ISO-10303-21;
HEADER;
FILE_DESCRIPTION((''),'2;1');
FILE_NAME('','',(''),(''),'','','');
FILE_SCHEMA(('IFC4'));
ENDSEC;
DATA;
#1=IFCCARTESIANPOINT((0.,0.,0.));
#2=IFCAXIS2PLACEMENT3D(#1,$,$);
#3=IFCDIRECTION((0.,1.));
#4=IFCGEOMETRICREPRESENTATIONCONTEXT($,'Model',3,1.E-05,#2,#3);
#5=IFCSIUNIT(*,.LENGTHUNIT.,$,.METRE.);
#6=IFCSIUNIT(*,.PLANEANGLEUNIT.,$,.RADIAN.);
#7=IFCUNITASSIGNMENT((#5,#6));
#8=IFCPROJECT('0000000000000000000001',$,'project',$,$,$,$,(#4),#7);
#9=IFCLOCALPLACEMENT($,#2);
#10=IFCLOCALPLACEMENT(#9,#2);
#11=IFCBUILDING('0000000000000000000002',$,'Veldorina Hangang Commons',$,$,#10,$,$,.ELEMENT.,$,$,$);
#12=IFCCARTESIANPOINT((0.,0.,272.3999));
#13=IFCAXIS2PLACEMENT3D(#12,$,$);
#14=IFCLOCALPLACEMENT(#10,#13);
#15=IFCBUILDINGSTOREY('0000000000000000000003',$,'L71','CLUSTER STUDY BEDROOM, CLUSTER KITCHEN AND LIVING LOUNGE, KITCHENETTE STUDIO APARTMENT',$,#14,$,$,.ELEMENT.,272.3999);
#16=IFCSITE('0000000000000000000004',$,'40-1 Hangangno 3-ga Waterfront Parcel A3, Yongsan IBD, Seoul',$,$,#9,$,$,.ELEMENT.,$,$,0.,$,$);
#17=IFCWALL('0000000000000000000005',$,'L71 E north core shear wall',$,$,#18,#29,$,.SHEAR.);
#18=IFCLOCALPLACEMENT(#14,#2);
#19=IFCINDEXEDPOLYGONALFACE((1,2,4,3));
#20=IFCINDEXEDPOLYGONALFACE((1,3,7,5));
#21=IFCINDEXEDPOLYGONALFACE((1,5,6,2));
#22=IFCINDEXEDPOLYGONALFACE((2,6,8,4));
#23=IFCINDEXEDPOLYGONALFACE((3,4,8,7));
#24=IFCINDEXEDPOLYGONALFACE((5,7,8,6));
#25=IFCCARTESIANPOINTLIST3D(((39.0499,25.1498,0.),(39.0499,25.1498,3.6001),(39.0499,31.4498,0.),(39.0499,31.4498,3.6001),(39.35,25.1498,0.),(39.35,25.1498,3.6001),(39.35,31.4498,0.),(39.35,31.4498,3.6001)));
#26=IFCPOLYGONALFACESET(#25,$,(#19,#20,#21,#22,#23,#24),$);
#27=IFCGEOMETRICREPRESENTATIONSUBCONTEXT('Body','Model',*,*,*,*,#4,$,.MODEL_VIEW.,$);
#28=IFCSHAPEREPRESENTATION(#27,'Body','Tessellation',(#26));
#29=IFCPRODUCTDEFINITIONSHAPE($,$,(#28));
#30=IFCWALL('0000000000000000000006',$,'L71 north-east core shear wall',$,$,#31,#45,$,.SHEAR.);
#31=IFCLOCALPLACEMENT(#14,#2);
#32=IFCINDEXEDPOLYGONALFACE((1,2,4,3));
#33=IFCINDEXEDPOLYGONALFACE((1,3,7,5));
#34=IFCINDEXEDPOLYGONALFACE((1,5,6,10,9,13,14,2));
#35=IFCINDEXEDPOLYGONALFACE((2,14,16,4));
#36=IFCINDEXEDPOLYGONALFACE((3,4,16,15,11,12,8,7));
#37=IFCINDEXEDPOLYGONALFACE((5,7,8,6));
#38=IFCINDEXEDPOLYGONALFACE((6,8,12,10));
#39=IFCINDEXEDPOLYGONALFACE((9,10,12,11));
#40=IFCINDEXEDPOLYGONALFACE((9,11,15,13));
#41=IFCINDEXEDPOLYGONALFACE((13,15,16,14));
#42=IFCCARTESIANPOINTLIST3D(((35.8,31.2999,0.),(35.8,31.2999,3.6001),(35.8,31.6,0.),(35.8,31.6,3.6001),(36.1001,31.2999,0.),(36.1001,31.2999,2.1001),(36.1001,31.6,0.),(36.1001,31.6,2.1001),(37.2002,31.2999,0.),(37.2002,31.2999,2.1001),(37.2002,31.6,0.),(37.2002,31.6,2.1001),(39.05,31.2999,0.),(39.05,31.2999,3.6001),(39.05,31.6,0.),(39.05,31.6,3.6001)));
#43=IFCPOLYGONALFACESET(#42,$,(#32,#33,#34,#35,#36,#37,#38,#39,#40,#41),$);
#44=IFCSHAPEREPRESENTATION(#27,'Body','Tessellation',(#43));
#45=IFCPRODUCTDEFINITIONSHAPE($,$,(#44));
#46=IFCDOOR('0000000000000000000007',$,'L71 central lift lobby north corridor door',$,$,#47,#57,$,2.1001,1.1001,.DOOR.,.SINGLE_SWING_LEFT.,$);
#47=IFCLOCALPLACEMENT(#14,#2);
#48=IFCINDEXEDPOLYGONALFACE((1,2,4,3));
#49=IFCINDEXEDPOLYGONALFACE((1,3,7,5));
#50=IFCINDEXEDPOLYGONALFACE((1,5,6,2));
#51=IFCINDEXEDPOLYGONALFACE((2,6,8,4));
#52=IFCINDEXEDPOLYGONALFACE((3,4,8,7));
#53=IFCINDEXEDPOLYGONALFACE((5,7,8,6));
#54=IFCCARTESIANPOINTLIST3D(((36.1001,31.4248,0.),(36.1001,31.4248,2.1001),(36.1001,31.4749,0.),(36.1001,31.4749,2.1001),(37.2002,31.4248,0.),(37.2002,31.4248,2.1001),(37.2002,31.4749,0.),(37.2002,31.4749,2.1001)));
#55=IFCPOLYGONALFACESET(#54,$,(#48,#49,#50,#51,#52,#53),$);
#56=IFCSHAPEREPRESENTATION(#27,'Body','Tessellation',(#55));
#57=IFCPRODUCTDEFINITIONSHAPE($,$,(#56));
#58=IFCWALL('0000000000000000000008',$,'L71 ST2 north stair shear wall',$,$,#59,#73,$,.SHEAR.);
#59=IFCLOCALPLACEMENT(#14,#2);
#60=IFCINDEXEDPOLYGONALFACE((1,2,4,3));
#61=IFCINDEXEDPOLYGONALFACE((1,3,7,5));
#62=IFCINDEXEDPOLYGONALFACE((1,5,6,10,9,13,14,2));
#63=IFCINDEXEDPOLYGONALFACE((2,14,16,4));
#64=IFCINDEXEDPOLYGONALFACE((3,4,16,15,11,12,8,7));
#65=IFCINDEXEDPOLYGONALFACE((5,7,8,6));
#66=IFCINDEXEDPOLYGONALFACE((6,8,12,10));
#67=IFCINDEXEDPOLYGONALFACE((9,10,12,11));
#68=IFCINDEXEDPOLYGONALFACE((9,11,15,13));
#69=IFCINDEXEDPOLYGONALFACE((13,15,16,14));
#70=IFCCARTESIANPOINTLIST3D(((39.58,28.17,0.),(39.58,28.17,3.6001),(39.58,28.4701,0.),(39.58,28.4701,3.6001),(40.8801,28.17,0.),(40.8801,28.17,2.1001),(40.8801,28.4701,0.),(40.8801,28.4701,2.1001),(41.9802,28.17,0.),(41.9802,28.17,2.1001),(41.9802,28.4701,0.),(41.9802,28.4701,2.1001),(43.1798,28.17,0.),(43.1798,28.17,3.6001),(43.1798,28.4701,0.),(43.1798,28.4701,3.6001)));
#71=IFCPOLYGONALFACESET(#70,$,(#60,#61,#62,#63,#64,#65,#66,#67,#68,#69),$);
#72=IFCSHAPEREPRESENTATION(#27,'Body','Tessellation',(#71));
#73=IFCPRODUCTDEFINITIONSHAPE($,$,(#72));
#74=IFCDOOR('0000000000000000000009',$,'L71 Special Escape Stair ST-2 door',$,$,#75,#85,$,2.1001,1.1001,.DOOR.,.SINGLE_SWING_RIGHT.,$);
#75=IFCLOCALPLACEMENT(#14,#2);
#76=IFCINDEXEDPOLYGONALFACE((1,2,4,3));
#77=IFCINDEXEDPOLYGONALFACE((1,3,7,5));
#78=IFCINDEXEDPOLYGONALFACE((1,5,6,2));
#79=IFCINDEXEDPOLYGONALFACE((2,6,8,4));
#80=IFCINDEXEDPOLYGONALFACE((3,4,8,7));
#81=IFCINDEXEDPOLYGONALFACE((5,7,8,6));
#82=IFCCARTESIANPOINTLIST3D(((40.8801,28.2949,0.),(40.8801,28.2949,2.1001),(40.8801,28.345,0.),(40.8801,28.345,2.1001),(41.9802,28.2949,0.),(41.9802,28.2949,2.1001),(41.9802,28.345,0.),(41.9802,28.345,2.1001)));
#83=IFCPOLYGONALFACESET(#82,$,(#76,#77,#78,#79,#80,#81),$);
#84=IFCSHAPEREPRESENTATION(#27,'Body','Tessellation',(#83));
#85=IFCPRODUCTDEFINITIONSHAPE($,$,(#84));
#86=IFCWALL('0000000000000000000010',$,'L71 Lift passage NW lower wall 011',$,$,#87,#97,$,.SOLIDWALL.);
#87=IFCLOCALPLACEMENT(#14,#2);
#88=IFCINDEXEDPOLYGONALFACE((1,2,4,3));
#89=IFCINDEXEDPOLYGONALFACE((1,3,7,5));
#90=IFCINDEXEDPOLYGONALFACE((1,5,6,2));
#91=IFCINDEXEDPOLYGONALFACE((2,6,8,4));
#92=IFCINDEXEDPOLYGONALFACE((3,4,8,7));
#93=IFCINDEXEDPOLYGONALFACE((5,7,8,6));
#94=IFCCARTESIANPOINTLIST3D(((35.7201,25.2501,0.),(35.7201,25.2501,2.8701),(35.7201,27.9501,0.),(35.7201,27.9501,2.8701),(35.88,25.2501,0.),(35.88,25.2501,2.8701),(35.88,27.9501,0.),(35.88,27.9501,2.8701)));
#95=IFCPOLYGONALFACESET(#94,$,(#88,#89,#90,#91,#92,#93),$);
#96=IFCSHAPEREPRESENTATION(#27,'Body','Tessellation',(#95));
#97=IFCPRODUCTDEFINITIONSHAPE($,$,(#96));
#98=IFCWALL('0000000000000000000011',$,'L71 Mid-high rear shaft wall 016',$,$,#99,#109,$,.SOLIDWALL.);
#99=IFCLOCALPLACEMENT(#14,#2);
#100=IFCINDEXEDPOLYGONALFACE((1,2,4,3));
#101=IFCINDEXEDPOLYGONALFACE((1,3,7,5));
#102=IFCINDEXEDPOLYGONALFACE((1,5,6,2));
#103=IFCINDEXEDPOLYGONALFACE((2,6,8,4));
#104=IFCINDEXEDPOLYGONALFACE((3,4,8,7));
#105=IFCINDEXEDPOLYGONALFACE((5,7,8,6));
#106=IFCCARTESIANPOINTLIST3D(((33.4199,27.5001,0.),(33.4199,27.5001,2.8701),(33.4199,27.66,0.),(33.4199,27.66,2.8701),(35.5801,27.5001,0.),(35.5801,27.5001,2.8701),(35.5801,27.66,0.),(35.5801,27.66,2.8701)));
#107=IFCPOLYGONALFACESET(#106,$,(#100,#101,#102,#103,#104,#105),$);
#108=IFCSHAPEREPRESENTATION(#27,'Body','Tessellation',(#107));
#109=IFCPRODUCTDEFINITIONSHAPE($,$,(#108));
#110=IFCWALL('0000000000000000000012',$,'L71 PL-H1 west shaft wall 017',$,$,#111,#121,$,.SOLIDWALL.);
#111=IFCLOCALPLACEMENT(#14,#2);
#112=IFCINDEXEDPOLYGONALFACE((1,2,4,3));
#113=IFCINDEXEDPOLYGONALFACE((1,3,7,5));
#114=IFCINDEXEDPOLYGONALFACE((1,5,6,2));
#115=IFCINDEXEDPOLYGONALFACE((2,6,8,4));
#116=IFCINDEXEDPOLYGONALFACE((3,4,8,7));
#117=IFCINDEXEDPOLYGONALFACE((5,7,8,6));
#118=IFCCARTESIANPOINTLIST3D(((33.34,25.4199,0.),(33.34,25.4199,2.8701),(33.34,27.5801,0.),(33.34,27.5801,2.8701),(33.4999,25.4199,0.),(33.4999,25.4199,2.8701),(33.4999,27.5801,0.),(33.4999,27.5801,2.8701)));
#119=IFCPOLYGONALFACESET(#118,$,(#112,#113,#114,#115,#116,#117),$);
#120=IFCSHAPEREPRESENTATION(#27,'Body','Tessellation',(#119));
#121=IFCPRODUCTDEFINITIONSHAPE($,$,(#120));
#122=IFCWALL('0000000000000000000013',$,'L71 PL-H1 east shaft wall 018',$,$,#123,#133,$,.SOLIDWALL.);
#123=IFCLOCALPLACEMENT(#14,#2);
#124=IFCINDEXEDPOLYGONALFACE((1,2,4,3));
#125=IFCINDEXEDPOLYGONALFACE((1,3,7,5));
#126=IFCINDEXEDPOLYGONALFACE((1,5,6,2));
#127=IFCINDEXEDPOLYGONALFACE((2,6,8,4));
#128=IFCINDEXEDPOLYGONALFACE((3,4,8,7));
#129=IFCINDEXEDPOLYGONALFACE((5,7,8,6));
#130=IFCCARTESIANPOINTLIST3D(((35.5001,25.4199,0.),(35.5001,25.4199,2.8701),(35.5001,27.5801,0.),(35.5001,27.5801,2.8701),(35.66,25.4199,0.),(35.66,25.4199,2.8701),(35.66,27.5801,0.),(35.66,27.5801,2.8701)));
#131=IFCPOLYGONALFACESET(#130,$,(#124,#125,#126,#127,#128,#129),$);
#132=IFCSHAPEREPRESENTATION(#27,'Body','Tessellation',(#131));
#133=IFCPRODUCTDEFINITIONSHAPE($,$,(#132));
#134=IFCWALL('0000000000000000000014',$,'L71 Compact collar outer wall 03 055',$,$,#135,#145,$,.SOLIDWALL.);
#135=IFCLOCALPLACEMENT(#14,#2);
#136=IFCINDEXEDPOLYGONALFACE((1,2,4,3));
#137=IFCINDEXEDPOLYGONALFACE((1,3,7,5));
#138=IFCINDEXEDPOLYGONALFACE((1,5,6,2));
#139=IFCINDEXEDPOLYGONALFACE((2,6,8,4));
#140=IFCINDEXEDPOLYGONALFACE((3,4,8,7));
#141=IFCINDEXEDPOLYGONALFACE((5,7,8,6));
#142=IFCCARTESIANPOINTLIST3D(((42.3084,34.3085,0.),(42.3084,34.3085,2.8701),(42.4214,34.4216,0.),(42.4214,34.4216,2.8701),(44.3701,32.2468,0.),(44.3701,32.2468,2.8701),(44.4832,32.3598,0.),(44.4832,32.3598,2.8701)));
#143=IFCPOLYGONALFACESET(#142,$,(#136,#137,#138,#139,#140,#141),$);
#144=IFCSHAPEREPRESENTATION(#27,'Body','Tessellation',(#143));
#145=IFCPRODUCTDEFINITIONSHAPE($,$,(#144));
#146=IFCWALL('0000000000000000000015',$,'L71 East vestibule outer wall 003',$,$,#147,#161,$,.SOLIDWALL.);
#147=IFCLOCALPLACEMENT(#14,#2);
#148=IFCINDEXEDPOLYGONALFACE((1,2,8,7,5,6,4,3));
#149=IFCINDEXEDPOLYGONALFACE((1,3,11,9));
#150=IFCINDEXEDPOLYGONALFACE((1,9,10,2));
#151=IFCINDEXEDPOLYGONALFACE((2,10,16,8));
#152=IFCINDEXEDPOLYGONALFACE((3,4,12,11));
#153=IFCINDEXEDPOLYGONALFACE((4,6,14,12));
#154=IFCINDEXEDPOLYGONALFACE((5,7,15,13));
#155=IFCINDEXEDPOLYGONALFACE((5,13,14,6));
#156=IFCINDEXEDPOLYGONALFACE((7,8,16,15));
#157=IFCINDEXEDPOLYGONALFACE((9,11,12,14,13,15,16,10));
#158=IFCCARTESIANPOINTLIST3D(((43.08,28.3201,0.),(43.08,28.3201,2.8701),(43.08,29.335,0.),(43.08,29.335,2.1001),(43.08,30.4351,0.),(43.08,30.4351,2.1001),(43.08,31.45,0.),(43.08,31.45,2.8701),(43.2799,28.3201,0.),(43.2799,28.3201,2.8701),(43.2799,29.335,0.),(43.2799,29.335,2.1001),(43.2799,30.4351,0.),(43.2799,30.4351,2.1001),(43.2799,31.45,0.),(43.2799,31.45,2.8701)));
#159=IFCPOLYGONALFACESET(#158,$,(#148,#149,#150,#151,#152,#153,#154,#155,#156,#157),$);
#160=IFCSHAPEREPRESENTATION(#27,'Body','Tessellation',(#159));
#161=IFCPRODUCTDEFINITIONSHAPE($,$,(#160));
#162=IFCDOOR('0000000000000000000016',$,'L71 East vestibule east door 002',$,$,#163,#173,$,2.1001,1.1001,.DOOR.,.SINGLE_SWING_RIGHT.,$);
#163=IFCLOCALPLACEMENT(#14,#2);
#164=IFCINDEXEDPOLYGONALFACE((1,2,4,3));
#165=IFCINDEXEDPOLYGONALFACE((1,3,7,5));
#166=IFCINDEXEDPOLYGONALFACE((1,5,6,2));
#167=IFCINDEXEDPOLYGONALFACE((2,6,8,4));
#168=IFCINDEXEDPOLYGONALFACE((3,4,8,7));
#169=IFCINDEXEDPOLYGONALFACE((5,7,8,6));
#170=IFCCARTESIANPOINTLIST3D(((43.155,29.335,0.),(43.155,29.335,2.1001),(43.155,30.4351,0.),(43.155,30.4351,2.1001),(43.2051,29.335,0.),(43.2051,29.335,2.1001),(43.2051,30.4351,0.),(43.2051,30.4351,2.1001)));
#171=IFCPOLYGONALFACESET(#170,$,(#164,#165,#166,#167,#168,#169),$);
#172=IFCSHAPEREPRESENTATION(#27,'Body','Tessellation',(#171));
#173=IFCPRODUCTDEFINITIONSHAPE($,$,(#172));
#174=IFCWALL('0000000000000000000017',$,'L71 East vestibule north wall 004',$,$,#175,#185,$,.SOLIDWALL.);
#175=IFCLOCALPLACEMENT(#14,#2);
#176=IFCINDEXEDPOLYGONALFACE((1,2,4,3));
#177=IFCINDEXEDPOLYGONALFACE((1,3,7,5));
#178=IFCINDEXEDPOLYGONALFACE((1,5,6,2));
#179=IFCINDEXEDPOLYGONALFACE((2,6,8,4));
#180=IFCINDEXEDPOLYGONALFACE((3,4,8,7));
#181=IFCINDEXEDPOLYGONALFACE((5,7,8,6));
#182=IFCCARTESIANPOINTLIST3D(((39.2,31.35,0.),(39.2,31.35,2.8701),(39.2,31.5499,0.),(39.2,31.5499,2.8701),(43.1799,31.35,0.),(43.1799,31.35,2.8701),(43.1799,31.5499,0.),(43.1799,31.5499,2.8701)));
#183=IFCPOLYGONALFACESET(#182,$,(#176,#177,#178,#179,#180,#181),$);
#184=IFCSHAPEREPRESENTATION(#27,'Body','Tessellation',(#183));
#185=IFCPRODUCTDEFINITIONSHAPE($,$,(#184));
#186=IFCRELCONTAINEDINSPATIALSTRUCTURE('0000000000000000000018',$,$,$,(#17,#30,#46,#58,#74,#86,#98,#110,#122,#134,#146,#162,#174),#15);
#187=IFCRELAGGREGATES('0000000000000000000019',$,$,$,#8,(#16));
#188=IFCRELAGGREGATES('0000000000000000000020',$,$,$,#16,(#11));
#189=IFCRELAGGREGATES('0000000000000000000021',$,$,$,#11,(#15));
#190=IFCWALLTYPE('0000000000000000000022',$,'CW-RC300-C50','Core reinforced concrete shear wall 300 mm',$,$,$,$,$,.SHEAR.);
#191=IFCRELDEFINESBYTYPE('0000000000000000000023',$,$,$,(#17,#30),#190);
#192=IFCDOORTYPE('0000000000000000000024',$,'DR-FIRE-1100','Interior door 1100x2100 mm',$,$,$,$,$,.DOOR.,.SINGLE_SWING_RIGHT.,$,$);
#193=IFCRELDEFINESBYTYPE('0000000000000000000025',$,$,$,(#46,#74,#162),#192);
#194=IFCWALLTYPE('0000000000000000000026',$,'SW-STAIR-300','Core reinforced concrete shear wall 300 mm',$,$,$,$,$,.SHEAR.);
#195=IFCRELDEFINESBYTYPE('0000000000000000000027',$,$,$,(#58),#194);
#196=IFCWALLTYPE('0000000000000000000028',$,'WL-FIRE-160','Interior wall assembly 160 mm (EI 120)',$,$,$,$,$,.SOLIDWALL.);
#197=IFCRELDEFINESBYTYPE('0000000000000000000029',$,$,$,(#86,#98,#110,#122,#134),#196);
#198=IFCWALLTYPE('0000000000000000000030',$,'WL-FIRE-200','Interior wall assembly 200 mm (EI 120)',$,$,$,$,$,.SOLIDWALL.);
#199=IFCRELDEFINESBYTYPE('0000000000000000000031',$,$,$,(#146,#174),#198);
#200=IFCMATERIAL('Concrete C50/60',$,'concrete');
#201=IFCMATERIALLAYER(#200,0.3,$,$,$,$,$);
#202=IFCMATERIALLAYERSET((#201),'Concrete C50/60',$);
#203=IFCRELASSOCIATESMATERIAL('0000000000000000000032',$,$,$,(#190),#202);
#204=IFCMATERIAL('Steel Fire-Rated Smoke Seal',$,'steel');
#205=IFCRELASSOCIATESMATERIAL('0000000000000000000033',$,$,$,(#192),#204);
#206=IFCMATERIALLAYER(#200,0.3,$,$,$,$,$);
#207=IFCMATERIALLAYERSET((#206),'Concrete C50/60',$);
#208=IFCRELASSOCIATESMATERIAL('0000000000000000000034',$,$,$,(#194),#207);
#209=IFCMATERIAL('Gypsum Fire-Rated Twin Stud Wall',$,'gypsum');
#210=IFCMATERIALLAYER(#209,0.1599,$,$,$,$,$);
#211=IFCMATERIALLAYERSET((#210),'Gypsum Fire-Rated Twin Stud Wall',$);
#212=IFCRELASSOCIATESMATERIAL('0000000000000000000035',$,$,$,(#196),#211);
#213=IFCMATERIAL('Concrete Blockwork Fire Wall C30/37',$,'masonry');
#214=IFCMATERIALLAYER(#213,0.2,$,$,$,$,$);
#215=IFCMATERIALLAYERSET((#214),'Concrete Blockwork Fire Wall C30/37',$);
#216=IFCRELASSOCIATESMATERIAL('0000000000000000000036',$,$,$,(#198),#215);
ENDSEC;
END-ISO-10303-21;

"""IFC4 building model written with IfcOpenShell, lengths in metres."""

from ifc_helpers import new_model, si_unit, direction, frame, frame_2d, origin, place, context, subcontext, project, spatial, rectangle, extrude, material, layer, layer_set, type_object, element, fill, save


model = new_model("IFC4")

# Units and contexts
model_context = context("Model", 3, precision=1e-05, world=origin(), true_north=direction((0.0, 1.0)))
body_context = subcontext(model_context, "Body", "Model", "MODEL_VIEW")
ifc_project = project(units=[si_unit("LENGTHUNIT", "METRE"), si_unit("PLANEANGLEUNIT", "RADIAN")], contexts=[model_context])

# Site, building, storey
site_placement = place(None, origin())
site = spatial("IfcSite", under=ifc_project, at=site_placement, Name="40-1 Hangangno 3-ga Waterfront Parcel A3, Yongsan IBD, Seoul", CompositionType="ELEMENT", RefElevation=0.0)
building_placement = place(site_placement, origin())
building = spatial("IfcBuilding", under=site, at=building_placement, Name="Veldorina Hangang Commons", CompositionType="ELEMENT")
storey_placement = place(building_placement, frame((0.0, 0.0, 272.3999)))
storey = spatial("IfcBuildingStorey", under=building, at=storey_placement, Name="L71", Description="CLUSTER STUDY BEDROOM, CLUSTER KITCHEN AND LIVING LOUNGE, KITCHENETTE STUDIO APARTMENT", CompositionType="ELEMENT", Elevation=272.3999)

# Wall
ifc_material_1 = material(Name="Concrete C50/60", Category="concrete")
ifc_layer_1 = layer(ifc_material_1, 0.3)
ifc_layer_set_1 = layer_set([ifc_layer_1], Name="Concrete C50/60")
wall_type_1 = type_object("IfcWallType", Name="CW-RC300-C50", Description="Core reinforced concrete shear wall 300 mm", PredefinedType="SHEAR", material=ifc_layer_set_1)
wall_1_placement = place(storey_placement, frame((39.2, 25.1499, 0.0), z_axis=(0.0, 0.0, 1.0), x_axis=(0.0, 1.0, 0.0)))
element("IfcWall", 1, at=wall_1_placement, inside=storey, type_object=wall_type_1, Name="L71 E north core shear wall", PredefinedType="SHEAR", context=body_context, shape_type="SweptSolid", body=[
    extrude(rectangle(XDim=6.3, YDim=0.3, at=frame_2d((3.1499, 0.0))), origin(), (0.0, 0.0, 1.0), 3.6001),
])

# Walls, openings, doors
wall_2_placement = place(storey_placement, frame((35.8, 31.45, 0.0), z_axis=(0.0, 0.0, 1.0), x_axis=(1.0, 0.0, 0.0)))
wall_2 = element("IfcWall", 2, at=wall_2_placement, inside=storey, type_object=wall_type_1, Name="L71 north-east core shear wall", PredefinedType="SHEAR", context=body_context, shape_type="SweptSolid", body=[
    extrude(rectangle(XDim=3.25, YDim=0.3, at=frame_2d((1.625, 0.0))), origin(), (0.0, 0.0, 1.0), 3.6001),
])
opening_1_placement = place(wall_2_placement, frame((0.3, 0.0, 0.0)))
opening_1 = element("IfcOpeningElement", 3, at=opening_1_placement, cuts=wall_2, PredefinedType="OPENING", context=body_context, shape_type="SweptSolid", body=[
    extrude(rectangle(XDim=1.1001, YDim=2.1001, at=frame_2d((0.55, 1.05))), frame((0.0, 0.1602, 0.0), z_axis=(0.0, -1.0, 0.0), x_axis=(1.0, 0.0, 0.0)), (0.0, 0.0, 1.0), 0.3201),
])
ifc_material_2 = material(Name="Steel Fire-Rated Smoke Seal", Category="steel")
door_type_1 = type_object("IfcDoorType", Name="DR-FIRE-1100", Description="Interior door 1100x2100 mm", OperationType="SINGLE_SWING_RIGHT", PredefinedType="DOOR", material=ifc_material_2)
door_1_placement = place(opening_1_placement, origin())
door_1 = element("IfcDoor", 4, at=door_1_placement, inside=storey, type_object=door_type_1, Name="L71 central lift lobby north corridor door", OperationType="SINGLE_SWING_LEFT", OverallHeight=2.1001, OverallWidth=1.1001, PredefinedType="DOOR", context=body_context, shape_type="SweptSolid", body=[
    extrude(rectangle(XDim=1.1001, YDim=2.1001, at=frame_2d((0.55, 1.05))), frame((0.0, 0.0249, 0.0), z_axis=(0.0, -1.0, 0.0), x_axis=(1.0, 0.0, 0.0)), (0.0, 0.0, 1.0), 0.05),
])
fill(opening_1, door_1)
ifc_layer_2 = layer(ifc_material_1, 0.3)
ifc_layer_set_2 = layer_set([ifc_layer_2], Name="Concrete C50/60")
wall_type_2 = type_object("IfcWallType", Name="SW-STAIR-300", Description="Core reinforced concrete shear wall 300 mm", PredefinedType="SHEAR", material=ifc_layer_set_2)
wall_3_placement = place(storey_placement, frame((39.5801, 28.3201, 0.0), z_axis=(0.0, 0.0, 1.0), x_axis=(1.0, 0.0, 0.0)))
wall_3 = element("IfcWall", 5, at=wall_3_placement, inside=storey, type_object=wall_type_2, Name="L71 ST2 north stair shear wall", PredefinedType="SHEAR", context=body_context, shape_type="SweptSolid", body=[
    extrude(rectangle(XDim=3.5999, YDim=0.3, at=frame_2d((1.7998, 0.0))), origin(), (0.0, 0.0, 1.0), 3.6001),
])
opening_2_placement = place(wall_3_placement, frame((1.3, 0.0, 0.0)))
opening_2 = element("IfcOpeningElement", 6, at=opening_2_placement, cuts=wall_3, PredefinedType="OPENING", context=body_context, shape_type="SweptSolid", body=[
    extrude(rectangle(XDim=1.1001, YDim=2.1001, at=frame_2d((0.55, 1.05))), frame((0.0, 0.1602, 0.0), z_axis=(0.0, -1.0, 0.0), x_axis=(1.0, 0.0, 0.0)), (0.0, 0.0, 1.0), 0.3201),
])
door_2_placement = place(opening_2_placement, origin())
door_2 = element("IfcDoor", 7, at=door_2_placement, inside=storey, type_object=door_type_1, Name="L71 Special Escape Stair ST-2 door", OperationType="SINGLE_SWING_RIGHT", OverallHeight=2.1001, OverallWidth=1.1001, PredefinedType="DOOR", context=body_context, shape_type="SweptSolid", body=[
    extrude(rectangle(XDim=1.1001, YDim=2.1001, at=frame_2d((0.55, 1.05))), frame((0.0, 0.0249, 0.0), z_axis=(0.0, -1.0, 0.0), x_axis=(1.0, 0.0, 0.0)), (0.0, 0.0, 1.0), 0.05),
])
fill(opening_2, door_2)

# Wall
ifc_material_3 = material(Name="Gypsum Fire-Rated Twin Stud Wall", Category="gypsum")
ifc_layer_3 = layer(ifc_material_3, 0.1599)
ifc_layer_set_3 = layer_set([ifc_layer_3], Name="Gypsum Fire-Rated Twin Stud Wall")
wall_type_3 = type_object("IfcWallType", Name="WL-FIRE-160", Description="Interior wall assembly 160 mm (EI 120)", PredefinedType="SOLIDWALL", material=ifc_layer_set_3)
wall_4_placement = place(storey_placement, frame((35.8, 25.25, 0.0), z_axis=(0.0, 0.0, 1.0), x_axis=(0.0, 1.0, 0.0)))
element("IfcWall", 8, at=wall_4_placement, inside=storey, type_object=wall_type_3, Name="L71 Lift passage NW lower wall 011", PredefinedType="SOLIDWALL", context=body_context, shape_type="SweptSolid", body=[
    extrude(rectangle(XDim=2.7, YDim=0.1599, at=frame_2d((1.3501, 0.0))), origin(), (0.0, 0.0, 1.0), 2.8701),
])

# Walls
for number, where, z_axis, x_axis, name in (
    (9, (33.4199, 27.5801, 0.0), (0.0, 0.0, 1.0), (1.0, 0.0, 0.0), "L71 Mid-high rear shaft wall 016"),
    (10, (33.4199, 25.4199, 0.0), (0.0, 0.0, 1.0), (0.0, 1.0, 0.0), "L71 PL-H1 west shaft wall 017"),
    (11, (35.5801, 25.4199, 0.0), (0.0, 0.0, 1.0), (0.0, 1.0, 0.0), "L71 PL-H1 east shaft wall 018"),
):
    element("IfcWall", number, at=place(storey_placement, frame(where, z_axis=z_axis, x_axis=x_axis)), inside=storey, type_object=wall_type_3, Name=name, PredefinedType="SOLIDWALL", context=body_context, shape_type="SweptSolid", body=[
        extrude(rectangle(XDim=2.1602, YDim=0.1599, at=frame_2d((1.0801, 0.0))), origin(), (0.0, 0.0, 1.0), 2.8701),
    ])
wall_5_placement = place(storey_placement, frame((44.4268, 32.3032, 0.0), z_axis=(0.0, 0.0, 1.0), x_axis=(-0.707107, 0.707107, 0.0)))
element("IfcWall", 12, at=wall_5_placement, inside=storey, type_object=wall_type_3, Name="L71 Compact collar outer wall 03 055", PredefinedType="SOLIDWALL", context=body_context, shape_type="SweptSolid", body=[
    extrude(rectangle(XDim=2.9158, YDim=0.1599, at=frame_2d((1.458, 0.0))), origin(), (0.0, 0.0, 1.0), 2.8701),
])

# Wall, opening, door
ifc_material_4 = material(Name="Concrete Blockwork Fire Wall C30/37", Category="masonry")
ifc_layer_4 = layer(ifc_material_4, 0.2)
ifc_layer_set_4 = layer_set([ifc_layer_4], Name="Concrete Blockwork Fire Wall C30/37")
wall_type_4 = type_object("IfcWallType", Name="WL-FIRE-200", Description="Interior wall assembly 200 mm (EI 120)", PredefinedType="SOLIDWALL", material=ifc_layer_set_4)
wall_6_placement = place(storey_placement, frame((43.1799, 28.3201, 0.0), z_axis=(0.0, 0.0, 1.0), x_axis=(0.0, 1.0, 0.0)))
wall_6 = element("IfcWall", 13, at=wall_6_placement, inside=storey, type_object=wall_type_4, Name="L71 East vestibule outer wall 003", PredefinedType="SOLIDWALL", context=body_context, shape_type="SweptSolid", body=[
    extrude(rectangle(XDim=3.1299, YDim=0.2, at=frame_2d((1.5649, 0.0))), origin(), (0.0, 0.0, 1.0), 2.8701),
])
opening_3_placement = place(wall_6_placement, frame((1.0149, 0.0, 0.0)))
opening_3 = element("IfcOpeningElement", 14, at=opening_3_placement, cuts=wall_6, PredefinedType="OPENING", context=body_context, shape_type="SweptSolid", body=[
    extrude(rectangle(XDim=1.1001, YDim=2.1001, at=frame_2d((0.55, 1.05))), frame((0.0, 0.1099, 0.0), z_axis=(0.0, -1.0, 0.0), x_axis=(1.0, 0.0, 0.0)), (0.0, 0.0, 1.0), 0.22),
])
door_3_placement = place(opening_3_placement, origin())
door_3 = element("IfcDoor", 15, at=door_3_placement, inside=storey, type_object=door_type_1, Name="L71 East vestibule east door 002", OperationType="SINGLE_SWING_RIGHT", OverallHeight=2.1001, OverallWidth=1.1001, PredefinedType="DOOR", context=body_context, shape_type="SweptSolid", body=[
    extrude(rectangle(XDim=1.1001, YDim=2.1001, at=frame_2d((0.55, 1.05))), frame((0.0, 0.0249, 0.0), z_axis=(0.0, -1.0, 0.0), x_axis=(1.0, 0.0, 0.0)), (0.0, 0.0, 1.0), 0.05),
])
fill(opening_3, door_3)

# Wall
wall_7_placement = place(storey_placement, frame((39.2, 31.45, 0.0), z_axis=(0.0, 0.0, 1.0), x_axis=(1.0, 0.0, 0.0)))
element("IfcWall", 16, at=wall_7_placement, inside=storey, type_object=wall_type_4, Name="L71 East vestibule north wall 004", PredefinedType="SOLIDWALL", context=body_context, shape_type="SweptSolid", body=[
    extrude(rectangle(XDim=3.98, YDim=0.2, at=frame_2d((1.99, 0.0))), origin(), (0.0, 0.0, 1.0), 2.8701),
])

save(model, "model.ifc")
